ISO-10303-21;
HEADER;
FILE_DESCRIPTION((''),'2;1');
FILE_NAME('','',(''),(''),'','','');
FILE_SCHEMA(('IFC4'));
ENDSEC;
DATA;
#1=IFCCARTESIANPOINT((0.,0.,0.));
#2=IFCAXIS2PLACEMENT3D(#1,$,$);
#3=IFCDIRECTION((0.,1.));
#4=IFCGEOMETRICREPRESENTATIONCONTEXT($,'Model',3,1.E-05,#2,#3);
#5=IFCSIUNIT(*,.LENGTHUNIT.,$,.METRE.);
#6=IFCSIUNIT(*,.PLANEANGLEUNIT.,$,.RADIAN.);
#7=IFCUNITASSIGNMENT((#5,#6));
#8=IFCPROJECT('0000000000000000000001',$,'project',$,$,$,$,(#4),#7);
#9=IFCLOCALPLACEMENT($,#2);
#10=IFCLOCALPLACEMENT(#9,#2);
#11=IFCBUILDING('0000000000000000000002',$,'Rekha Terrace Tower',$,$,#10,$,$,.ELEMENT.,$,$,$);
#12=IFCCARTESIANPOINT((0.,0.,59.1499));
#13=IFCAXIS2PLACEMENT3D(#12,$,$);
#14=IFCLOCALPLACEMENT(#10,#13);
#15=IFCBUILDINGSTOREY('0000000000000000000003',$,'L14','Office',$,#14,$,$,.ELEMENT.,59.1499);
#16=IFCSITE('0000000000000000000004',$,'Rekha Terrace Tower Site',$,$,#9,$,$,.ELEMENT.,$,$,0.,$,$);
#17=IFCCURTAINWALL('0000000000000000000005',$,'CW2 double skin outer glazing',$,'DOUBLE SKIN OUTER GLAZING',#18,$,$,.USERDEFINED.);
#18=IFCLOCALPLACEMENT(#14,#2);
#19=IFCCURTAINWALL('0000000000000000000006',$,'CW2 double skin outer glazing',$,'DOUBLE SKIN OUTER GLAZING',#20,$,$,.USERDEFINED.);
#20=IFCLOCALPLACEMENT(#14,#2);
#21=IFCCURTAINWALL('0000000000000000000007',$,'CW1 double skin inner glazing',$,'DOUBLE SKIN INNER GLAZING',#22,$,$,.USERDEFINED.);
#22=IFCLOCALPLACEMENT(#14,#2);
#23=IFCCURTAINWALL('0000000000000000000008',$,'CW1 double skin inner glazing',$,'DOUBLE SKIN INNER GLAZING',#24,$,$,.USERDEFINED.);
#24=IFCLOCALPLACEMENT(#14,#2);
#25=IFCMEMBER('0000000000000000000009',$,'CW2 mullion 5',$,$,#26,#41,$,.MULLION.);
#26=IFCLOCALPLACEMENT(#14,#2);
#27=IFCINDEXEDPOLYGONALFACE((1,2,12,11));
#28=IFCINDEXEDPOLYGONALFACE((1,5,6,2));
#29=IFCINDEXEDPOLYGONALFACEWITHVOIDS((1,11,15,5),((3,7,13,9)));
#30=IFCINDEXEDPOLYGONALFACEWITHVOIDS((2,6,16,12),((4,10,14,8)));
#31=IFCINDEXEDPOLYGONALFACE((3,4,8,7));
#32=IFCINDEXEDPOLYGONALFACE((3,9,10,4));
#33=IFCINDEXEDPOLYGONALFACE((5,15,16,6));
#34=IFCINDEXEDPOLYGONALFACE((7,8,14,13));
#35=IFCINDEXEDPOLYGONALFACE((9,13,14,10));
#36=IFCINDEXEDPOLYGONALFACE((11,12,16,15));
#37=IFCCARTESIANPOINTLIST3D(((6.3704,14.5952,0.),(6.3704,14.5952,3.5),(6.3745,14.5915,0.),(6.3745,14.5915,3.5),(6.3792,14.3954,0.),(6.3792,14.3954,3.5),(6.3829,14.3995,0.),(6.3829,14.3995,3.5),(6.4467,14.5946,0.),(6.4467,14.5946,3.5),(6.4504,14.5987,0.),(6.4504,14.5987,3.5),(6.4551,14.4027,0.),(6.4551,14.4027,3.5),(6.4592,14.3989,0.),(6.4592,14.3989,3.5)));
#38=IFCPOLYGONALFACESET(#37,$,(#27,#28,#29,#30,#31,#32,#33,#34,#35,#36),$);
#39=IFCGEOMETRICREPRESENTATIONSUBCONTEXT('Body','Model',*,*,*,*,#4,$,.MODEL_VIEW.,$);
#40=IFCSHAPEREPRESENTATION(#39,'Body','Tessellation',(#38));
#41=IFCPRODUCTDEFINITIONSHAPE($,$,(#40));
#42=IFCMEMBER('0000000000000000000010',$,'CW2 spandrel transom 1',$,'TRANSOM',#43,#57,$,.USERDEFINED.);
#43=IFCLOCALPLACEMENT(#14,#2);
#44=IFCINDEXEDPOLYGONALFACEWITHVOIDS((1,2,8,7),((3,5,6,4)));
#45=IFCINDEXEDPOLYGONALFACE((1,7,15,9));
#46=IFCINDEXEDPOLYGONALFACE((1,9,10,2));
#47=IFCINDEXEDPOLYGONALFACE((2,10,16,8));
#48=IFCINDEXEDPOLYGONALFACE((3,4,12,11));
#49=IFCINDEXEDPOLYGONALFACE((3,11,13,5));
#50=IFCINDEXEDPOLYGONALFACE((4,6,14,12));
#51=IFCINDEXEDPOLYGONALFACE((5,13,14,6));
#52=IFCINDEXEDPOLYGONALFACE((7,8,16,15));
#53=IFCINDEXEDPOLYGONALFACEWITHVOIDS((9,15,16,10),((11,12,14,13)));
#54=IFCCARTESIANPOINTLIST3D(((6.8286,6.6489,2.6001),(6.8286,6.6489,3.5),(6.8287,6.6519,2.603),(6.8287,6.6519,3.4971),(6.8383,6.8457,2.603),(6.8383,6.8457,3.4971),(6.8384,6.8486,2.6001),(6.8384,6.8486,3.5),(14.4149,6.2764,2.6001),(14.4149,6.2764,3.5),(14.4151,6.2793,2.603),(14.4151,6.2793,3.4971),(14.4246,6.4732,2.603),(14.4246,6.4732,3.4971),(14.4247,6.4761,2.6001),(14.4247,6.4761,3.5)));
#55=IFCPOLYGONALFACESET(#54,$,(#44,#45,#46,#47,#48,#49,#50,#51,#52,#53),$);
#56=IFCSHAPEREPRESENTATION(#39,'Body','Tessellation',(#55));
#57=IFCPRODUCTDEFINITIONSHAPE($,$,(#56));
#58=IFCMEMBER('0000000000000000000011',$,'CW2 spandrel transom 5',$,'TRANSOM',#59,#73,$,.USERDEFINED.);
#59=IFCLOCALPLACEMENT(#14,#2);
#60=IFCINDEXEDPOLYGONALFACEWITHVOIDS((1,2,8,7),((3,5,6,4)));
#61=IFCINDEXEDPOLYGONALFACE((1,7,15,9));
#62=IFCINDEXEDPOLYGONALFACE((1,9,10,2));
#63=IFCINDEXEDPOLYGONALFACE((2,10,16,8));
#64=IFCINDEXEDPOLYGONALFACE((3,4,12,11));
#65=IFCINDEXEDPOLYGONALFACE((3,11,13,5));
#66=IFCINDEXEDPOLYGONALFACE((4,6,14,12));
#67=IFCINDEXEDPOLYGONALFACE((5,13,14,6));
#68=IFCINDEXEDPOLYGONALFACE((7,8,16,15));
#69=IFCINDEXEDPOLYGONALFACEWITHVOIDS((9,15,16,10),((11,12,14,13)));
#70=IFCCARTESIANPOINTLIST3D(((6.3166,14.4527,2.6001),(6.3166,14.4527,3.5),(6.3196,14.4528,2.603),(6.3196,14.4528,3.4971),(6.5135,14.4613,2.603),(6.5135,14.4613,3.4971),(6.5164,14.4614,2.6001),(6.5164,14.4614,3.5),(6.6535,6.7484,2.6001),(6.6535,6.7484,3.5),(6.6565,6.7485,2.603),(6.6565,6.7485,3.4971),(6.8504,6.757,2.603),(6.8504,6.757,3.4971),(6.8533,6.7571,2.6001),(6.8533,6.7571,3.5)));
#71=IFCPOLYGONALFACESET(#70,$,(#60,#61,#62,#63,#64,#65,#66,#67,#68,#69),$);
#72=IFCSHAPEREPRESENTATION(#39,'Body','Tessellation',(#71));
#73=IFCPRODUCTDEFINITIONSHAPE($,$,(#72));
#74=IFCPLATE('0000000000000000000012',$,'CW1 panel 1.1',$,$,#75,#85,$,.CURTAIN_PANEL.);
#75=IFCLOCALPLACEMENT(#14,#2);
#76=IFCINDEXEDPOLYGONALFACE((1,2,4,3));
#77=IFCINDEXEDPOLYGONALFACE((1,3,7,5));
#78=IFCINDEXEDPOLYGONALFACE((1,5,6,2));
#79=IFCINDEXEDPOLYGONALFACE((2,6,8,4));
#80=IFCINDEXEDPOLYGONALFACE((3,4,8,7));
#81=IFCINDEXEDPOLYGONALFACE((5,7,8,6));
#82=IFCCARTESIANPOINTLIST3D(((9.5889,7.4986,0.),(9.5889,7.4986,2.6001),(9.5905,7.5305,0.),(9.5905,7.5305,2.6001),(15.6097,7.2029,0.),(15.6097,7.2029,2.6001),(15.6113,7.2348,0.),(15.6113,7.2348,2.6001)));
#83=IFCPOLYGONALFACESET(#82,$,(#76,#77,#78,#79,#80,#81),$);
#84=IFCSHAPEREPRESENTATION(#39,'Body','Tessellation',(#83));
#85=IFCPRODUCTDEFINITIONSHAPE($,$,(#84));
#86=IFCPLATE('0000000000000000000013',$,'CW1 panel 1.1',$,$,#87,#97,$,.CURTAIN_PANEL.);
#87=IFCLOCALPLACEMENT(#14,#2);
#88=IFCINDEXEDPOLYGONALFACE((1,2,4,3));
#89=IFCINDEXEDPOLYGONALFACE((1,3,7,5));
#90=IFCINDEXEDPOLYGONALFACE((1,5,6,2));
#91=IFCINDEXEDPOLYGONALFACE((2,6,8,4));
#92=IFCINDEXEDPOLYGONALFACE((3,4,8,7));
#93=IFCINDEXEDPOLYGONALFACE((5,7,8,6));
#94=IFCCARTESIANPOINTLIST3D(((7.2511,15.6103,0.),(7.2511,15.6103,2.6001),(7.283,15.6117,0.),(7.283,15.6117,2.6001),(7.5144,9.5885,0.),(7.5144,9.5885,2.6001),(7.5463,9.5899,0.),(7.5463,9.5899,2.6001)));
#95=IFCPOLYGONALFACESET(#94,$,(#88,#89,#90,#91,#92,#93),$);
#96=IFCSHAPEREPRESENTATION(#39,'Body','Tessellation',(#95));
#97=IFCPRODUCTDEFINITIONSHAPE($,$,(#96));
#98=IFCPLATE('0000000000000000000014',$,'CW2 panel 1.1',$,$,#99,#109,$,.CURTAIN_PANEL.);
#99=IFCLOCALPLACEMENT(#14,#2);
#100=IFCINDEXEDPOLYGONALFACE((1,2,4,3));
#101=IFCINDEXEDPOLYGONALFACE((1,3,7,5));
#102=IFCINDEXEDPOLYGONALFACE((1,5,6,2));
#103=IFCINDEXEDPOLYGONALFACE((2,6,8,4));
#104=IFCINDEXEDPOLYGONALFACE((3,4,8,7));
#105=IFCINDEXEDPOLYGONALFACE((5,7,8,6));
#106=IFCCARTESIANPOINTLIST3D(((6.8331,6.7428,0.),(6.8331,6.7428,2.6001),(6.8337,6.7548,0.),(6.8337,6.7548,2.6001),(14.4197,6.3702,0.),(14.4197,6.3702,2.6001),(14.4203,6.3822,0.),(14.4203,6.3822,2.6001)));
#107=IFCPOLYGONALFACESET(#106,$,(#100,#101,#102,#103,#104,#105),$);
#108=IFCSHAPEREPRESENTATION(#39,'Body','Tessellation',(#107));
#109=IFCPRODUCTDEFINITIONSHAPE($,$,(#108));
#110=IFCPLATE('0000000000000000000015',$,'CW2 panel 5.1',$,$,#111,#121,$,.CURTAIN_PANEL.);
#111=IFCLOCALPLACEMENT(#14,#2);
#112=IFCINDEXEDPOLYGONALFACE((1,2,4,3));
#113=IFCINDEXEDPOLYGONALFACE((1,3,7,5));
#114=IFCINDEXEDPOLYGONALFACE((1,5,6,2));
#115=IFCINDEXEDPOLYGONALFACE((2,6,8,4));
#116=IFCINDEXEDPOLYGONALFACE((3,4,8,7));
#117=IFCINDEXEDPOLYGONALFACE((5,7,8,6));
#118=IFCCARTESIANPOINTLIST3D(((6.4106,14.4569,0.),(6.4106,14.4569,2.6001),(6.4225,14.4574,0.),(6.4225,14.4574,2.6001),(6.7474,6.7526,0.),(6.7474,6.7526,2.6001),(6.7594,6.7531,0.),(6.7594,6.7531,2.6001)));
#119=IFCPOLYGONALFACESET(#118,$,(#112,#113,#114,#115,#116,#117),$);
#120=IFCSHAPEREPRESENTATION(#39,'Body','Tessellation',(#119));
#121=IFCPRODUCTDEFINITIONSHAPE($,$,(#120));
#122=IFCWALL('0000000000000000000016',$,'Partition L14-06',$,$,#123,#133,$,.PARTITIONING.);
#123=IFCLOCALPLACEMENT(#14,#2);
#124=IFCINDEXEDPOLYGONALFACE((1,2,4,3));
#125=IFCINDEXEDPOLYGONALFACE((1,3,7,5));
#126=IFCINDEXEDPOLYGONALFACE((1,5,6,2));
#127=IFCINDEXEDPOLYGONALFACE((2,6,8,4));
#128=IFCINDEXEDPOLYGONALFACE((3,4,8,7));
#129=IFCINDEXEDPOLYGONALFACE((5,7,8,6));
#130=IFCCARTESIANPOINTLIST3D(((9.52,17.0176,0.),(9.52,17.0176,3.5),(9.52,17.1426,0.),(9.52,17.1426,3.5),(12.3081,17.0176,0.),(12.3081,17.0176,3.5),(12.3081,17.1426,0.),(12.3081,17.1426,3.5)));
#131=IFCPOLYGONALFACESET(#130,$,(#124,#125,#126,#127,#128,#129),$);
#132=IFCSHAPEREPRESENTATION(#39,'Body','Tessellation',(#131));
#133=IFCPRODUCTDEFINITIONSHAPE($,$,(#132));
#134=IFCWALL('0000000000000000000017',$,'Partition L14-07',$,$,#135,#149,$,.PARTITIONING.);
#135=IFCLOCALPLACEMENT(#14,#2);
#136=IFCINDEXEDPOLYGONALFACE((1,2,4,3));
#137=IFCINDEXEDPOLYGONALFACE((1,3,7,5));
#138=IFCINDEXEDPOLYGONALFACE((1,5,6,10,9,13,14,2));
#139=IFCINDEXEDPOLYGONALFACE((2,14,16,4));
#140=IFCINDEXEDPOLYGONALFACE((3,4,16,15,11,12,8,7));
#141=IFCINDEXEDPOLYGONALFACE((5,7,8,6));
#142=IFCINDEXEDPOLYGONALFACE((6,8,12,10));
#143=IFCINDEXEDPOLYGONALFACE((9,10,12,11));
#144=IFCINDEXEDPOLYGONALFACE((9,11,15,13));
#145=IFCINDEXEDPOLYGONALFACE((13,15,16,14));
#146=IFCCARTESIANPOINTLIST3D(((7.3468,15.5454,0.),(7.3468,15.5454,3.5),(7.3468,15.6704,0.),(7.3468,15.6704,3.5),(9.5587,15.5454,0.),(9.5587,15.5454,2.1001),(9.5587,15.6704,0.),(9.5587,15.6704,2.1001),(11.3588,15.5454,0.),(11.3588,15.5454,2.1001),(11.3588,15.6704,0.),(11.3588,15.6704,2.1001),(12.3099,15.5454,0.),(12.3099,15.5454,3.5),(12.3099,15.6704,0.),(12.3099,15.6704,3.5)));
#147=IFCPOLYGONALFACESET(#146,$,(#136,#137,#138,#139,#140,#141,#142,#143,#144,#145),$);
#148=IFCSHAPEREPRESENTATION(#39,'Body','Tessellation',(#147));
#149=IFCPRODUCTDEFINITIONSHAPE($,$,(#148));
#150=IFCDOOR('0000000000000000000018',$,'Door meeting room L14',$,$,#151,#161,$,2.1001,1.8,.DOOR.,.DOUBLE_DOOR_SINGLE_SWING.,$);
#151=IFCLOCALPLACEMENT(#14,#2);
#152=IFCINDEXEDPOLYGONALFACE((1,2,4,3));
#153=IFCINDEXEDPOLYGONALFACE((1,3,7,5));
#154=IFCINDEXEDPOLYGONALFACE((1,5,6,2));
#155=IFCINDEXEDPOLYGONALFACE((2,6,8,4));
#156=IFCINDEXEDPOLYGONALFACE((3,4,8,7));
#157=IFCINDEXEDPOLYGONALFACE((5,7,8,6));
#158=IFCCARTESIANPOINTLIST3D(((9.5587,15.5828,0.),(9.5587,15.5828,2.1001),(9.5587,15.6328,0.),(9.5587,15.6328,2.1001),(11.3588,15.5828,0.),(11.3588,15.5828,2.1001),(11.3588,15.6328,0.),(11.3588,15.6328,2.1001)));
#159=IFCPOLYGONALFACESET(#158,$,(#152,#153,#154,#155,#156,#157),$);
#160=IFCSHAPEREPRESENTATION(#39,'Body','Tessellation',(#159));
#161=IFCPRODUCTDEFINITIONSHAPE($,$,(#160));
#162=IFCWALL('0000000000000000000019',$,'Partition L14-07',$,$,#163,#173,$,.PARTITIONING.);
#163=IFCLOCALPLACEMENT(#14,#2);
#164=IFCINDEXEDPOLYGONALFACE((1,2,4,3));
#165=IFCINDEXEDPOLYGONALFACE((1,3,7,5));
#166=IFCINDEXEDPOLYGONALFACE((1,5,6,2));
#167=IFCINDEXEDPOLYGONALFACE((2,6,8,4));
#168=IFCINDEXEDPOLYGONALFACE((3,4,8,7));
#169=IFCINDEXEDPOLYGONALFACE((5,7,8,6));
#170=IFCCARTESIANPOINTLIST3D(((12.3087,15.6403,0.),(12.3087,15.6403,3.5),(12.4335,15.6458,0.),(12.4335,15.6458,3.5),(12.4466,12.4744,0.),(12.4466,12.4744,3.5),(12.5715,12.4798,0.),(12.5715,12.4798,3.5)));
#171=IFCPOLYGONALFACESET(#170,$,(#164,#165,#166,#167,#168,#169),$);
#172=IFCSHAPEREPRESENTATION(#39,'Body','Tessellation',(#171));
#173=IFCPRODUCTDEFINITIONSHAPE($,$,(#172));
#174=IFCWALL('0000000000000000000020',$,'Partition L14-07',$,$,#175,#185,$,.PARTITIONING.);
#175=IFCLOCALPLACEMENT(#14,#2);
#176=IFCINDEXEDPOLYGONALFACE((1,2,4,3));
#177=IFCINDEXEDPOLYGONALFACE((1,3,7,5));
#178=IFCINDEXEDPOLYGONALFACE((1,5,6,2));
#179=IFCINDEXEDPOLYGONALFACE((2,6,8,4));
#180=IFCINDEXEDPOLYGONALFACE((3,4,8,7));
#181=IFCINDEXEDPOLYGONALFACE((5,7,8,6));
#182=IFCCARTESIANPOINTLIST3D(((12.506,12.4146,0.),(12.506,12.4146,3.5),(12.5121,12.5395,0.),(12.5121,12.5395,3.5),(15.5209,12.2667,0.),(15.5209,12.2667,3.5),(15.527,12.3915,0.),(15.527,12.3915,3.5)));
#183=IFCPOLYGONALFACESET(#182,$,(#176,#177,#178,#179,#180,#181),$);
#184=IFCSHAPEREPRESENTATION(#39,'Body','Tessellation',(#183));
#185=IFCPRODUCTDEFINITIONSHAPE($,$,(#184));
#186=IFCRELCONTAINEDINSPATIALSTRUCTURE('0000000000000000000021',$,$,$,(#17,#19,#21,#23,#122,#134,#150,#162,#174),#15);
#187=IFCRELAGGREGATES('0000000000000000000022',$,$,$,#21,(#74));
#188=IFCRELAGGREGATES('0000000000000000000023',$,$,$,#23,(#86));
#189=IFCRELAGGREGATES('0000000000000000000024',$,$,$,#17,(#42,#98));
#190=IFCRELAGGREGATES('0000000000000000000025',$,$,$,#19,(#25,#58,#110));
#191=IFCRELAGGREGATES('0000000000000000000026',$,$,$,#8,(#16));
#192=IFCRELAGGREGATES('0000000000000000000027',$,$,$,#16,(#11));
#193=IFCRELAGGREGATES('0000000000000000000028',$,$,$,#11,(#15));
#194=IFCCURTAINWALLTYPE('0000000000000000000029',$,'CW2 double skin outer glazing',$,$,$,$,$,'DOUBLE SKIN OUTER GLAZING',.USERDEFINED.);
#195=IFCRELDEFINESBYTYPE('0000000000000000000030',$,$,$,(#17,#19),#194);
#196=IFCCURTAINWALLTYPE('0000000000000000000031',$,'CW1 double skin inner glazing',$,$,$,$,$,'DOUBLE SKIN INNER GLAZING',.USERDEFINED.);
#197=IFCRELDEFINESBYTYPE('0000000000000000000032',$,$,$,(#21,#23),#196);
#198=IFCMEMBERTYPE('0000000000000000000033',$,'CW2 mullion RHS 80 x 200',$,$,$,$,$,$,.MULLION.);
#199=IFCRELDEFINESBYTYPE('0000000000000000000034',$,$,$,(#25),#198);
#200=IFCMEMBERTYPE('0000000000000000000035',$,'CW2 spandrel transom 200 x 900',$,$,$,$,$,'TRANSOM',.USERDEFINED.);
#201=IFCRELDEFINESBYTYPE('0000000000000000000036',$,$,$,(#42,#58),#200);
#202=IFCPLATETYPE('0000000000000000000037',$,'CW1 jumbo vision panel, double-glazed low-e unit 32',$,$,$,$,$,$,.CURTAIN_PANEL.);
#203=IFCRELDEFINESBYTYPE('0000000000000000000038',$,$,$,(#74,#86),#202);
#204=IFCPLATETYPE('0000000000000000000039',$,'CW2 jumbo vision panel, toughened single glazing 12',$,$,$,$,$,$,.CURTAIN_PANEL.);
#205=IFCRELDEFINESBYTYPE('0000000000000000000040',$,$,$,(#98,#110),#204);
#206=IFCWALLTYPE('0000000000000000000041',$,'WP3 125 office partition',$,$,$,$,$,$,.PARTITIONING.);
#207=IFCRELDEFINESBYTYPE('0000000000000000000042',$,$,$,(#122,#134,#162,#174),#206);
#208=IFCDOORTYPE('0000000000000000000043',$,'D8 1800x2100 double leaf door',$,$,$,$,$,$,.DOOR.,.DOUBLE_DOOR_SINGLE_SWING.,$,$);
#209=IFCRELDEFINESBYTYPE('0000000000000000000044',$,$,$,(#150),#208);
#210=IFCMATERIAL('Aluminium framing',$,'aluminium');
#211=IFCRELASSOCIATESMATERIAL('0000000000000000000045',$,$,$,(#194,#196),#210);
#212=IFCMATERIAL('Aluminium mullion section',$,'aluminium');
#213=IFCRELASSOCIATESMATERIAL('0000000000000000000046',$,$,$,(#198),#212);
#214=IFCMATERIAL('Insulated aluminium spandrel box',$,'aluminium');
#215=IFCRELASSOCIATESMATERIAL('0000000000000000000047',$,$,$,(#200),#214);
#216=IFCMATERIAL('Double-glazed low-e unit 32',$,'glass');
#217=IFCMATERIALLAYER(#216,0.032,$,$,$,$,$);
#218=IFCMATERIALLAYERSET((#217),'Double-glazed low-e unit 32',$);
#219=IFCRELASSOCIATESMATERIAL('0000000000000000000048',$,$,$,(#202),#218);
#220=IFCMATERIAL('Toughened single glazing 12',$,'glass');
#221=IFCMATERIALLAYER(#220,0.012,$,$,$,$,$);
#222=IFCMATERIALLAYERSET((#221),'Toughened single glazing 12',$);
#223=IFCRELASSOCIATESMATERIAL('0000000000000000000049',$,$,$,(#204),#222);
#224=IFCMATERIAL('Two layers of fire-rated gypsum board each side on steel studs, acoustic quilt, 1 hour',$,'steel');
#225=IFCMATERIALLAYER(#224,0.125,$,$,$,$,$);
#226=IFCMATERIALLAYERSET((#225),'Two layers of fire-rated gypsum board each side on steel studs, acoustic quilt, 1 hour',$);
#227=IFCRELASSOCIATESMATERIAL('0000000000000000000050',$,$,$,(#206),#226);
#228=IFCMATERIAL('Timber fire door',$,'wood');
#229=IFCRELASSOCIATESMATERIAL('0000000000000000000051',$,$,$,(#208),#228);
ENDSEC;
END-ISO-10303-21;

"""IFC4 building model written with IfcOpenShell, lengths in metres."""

from ifc_helpers import new_model, si_unit, direction, frame, frame_2d, origin, origin_2d, place, context, subcontext, project, spatial, rectangle, hollow_rectangle, extrude, material, layer, layer_set, material_profile, profile_set, type_object, element, fill, aggregate, save


model = new_model("IFC4")

# Units and contexts
model_context = context("Model", 3, precision=1e-05, world=origin(), true_north=direction((0.0, 1.0)))
body_context = subcontext(model_context, "Body", "Model", "MODEL_VIEW")
ifc_project = project(units=[si_unit("LENGTHUNIT", "METRE"), si_unit("PLANEANGLEUNIT", "RADIAN")], contexts=[model_context])

# Site, building, storey
site_placement = place(None, origin())
site = spatial("IfcSite", under=ifc_project, at=site_placement, Name="Rekha Terrace Tower Site", CompositionType="ELEMENT", RefElevation=0.0)
building_placement = place(site_placement, origin())
building = spatial("IfcBuilding", under=site, at=building_placement, Name="Rekha Terrace Tower", CompositionType="ELEMENT")
storey_placement = place(building_placement, frame((0.0, 0.0, 59.1499)))
storey = spatial("IfcBuildingStorey", under=building, at=storey_placement, Name="L14", Description="Office", CompositionType="ELEMENT", Elevation=59.1499)

# Curtain walls
ifc_material_1 = material(Name="Aluminium framing", Category="aluminium")
curtain_wall_type_1 = type_object("IfcCurtainWallType", Name="CW2 double skin outer glazing", ElementType="DOUBLE SKIN OUTER GLAZING", PredefinedType="USERDEFINED", material=ifc_material_1)
curtain_wall_1_placement = place(storey_placement, origin())
curtain_wall_1 = element("IfcCurtainWall", 1, at=curtain_wall_1_placement, inside=storey, type_object=curtain_wall_type_1, Name="CW2 double skin outer glazing", ObjectType="DOUBLE SKIN OUTER GLAZING", PredefinedType="USERDEFINED")
curtain_wall_2_placement = place(storey_placement, origin())
curtain_wall_2 = element("IfcCurtainWall", 2, at=curtain_wall_2_placement, inside=storey, type_object=curtain_wall_type_1, Name="CW2 double skin outer glazing", ObjectType="DOUBLE SKIN OUTER GLAZING", PredefinedType="USERDEFINED")
curtain_wall_type_2 = type_object("IfcCurtainWallType", Name="CW1 double skin inner glazing", ElementType="DOUBLE SKIN INNER GLAZING", PredefinedType="USERDEFINED", material=ifc_material_1)
curtain_wall_3_placement = place(storey_placement, origin())
curtain_wall_3 = element("IfcCurtainWall", 3, at=curtain_wall_3_placement, inside=storey, type_object=curtain_wall_type_2, Name="CW1 double skin inner glazing", ObjectType="DOUBLE SKIN INNER GLAZING", PredefinedType="USERDEFINED")
ifc_material_2 = material(Name="Aluminium mullion section", Category="aluminium")

# Curtain wall
curtain_wall_4_placement = place(storey_placement, origin())
curtain_wall_4 = element("IfcCurtainWall", 4, at=curtain_wall_4_placement, inside=storey, type_object=curtain_wall_type_2, Name="CW1 double skin inner glazing", ObjectType="DOUBLE SKIN INNER GLAZING", PredefinedType="USERDEFINED")

# Members
ifc_material_3 = material(Name="Insulated aluminium spandrel box", Category="aluminium")
ifc_material_profile_1 = material_profile(ifc_material_2, hollow_rectangle(XDim=0.0801, YDim=0.2, WallThickness=0.0039, at=origin_2d()), Name="AL RHS 80x200")
ifc_profile_set_1 = profile_set([ifc_material_profile_1], Name="Aluminium mullion section")
member_type_1 = type_object("IfcMemberType", Name="CW2 mullion RHS 80 x 200", PredefinedType="MULLION", material=ifc_profile_set_1)
member_1_placement = place(storey_placement, frame((6.4148, 14.4971, 0.0), z_axis=(0.0, 0.0, 1.0), x_axis=(0.999045, 0.043683, 0.0)))
member_1 = element("IfcMember", 5, at=member_1_placement, type_object=member_type_1, Name="CW2 mullion 5", PredefinedType="MULLION", context=body_context, shape_type="SweptSolid", body=[
    extrude(hollow_rectangle(XDim=0.0801, YDim=0.2, WallThickness=0.0039, at=origin_2d()), origin(), (0.0, 0.0, 1.0), 3.5),
])
ifc_material_profile_2 = material_profile(ifc_material_3, hollow_rectangle(XDim=0.2, YDim=0.8999, WallThickness=0.0029, at=origin_2d()), Name="AL SPANDREL BOX 200x900")
ifc_profile_set_2 = profile_set([ifc_material_profile_2], Name="Insulated aluminium spandrel box")
member_type_2 = type_object("IfcMemberType", Name="CW2 spandrel transom 200 x 900", ElementType="TRANSOM", PredefinedType="USERDEFINED", material=ifc_profile_set_2)
member_2_placement = place(storey_placement, frame((6.8335, 6.7488, 3.05), z_axis=(0.998796, -0.049049, 0.0), x_axis=(0.049049, 0.998796, 0.0)))
member_2 = element("IfcMember", 6, at=member_2_placement, type_object=member_type_2, Name="CW2 spandrel transom 1", ObjectType="TRANSOM", PredefinedType="USERDEFINED", context=body_context, shape_type="SweptSolid", body=[
    extrude(hollow_rectangle(XDim=0.2, YDim=0.8999, WallThickness=0.0029, at=origin_2d()), origin(), (0.0, 0.0, 1.0), 7.5955),
])
member_3_placement = place(storey_placement, frame((6.4165, 14.457, 3.05), z_axis=(0.043689, -0.999045, 0.0), x_axis=(0.999045, 0.043689, 0.0)))
member_3 = element("IfcMember", 7, at=member_3_placement, type_object=member_type_2, Name="CW2 spandrel transom 5", ObjectType="TRANSOM", PredefinedType="USERDEFINED", context=body_context, shape_type="SweptSolid", body=[
    extrude(hollow_rectangle(XDim=0.2, YDim=0.8999, WallThickness=0.0029, at=origin_2d()), origin(), (0.0, 0.0, 1.0), 7.7117),
])

# Plates
ifc_material_4 = material(Name="Double-glazed low-e unit 32", Category="glass")
ifc_layer_1 = layer(ifc_material_4, 0.032)
ifc_layer_set_1 = layer_set([ifc_layer_1], Name="Double-glazed low-e unit 32")
plate_type_1 = type_object("IfcPlateType", Name="CW1 jumbo vision panel, double-glazed low-e unit 32", PredefinedType="CURTAIN_PANEL", material=ifc_layer_set_1)
plate_1_placement = place(storey_placement, frame((12.6001, 7.3667, 0.0), z_axis=(0.0, 0.0, 1.0), x_axis=(0.998796, -0.049052, 0.0)))
plate_1 = element("IfcPlate", 8, at=plate_1_placement, type_object=plate_type_1, Name="CW1 panel 1.1", PredefinedType="CURTAIN_PANEL", context=body_context, shape_type="SweptSolid", body=[
    extrude(rectangle(XDim=6.0281, YDim=0.032, at=origin_2d()), origin(), (0.0, 0.0, 1.0), 2.6001),
])
aggregate(curtain_wall_3, [plate_1])
plate_2_placement = place(storey_placement, frame((7.3987, 12.6001, 0.0), z_axis=(0.0, 0.0, 1.0), x_axis=(0.043683, -0.999045, 0.0)))
plate_2 = element("IfcPlate", 9, at=plate_2_placement, type_object=plate_type_1, Name="CW1 panel 1.1", PredefinedType="CURTAIN_PANEL", context=body_context, shape_type="SweptSolid", body=[
    extrude(rectangle(XDim=6.0276, YDim=0.032, at=origin_2d()), origin(), (0.0, 0.0, 1.0), 2.6001),
])
aggregate(curtain_wall_4, [plate_2])
ifc_material_5 = material(Name="Toughened single glazing 12", Category="glass")
ifc_layer_2 = layer(ifc_material_5, 0.012)
ifc_layer_set_2 = layer_set([ifc_layer_2], Name="Toughened single glazing 12")
plate_type_2 = type_object("IfcPlateType", Name="CW2 jumbo vision panel, toughened single glazing 12", PredefinedType="CURTAIN_PANEL", material=ifc_layer_set_2)
plate_3_placement = place(storey_placement, frame((10.6267, 6.5625, 0.0), z_axis=(0.0, 0.0, 1.0), x_axis=(0.998796, -0.049052, 0.0)))
plate_3 = element("IfcPlate", 10, at=plate_3_placement, type_object=plate_type_2, Name="CW2 panel 1.1", PredefinedType="CURTAIN_PANEL", context=body_context, shape_type="SweptSolid", body=[
    extrude(rectangle(XDim=7.5957, YDim=0.012, at=origin_2d()), origin(), (0.0, 0.0, 1.0), 2.6001),
])
aggregate(curtain_wall_1, [member_2, plate_3])
plate_4_placement = place(storey_placement, frame((6.585, 10.605, 0.0), z_axis=(0.0, 0.0, 1.0), x_axis=(0.043683, -0.999045, 0.0)))
plate_4 = element("IfcPlate", 11, at=plate_4_placement, type_object=plate_type_2, Name="CW2 panel 5.1", PredefinedType="CURTAIN_PANEL", context=body_context, shape_type="SweptSolid", body=[
    extrude(rectangle(XDim=7.7117, YDim=0.012, at=origin_2d()), origin(), (0.0, 0.0, 1.0), 2.6001),
])
aggregate(curtain_wall_2, [member_1, member_3, plate_4])

# Wall
ifc_material_6 = material(Name="Two layers of fire-rated gypsum board each side on steel studs, acoustic quilt, 1 hour", Category="steel")
ifc_layer_3 = layer(ifc_material_6, 0.125)
ifc_layer_set_3 = layer_set([ifc_layer_3], Name="Two layers of fire-rated gypsum board each side on steel studs, acoustic quilt, 1 hour")
wall_type = type_object("IfcWallType", Name="WP3 125 office partition", PredefinedType="PARTITIONING", material=ifc_layer_set_3)
wall_1_placement = place(storey_placement, frame((12.3081, 17.0801, 0.0), z_axis=(0.0, 0.0, 1.0), x_axis=(-1.0, 0.0, 0.0)))
element("IfcWall", 12, at=wall_1_placement, inside=storey, type_object=wall_type, Name="Partition L14-06", PredefinedType="PARTITIONING", context=body_context, shape_type="SweptSolid", body=[
    extrude(rectangle(XDim=2.7881, YDim=0.125, at=frame_2d((1.394, 0.0))), origin(), (0.0, 0.0, 1.0), 3.5),
])

# Wall, opening, door
wall_2_placement = place(storey_placement, frame((7.3469, 15.6079, 0.0), z_axis=(0.0, 0.0, 1.0), x_axis=(1.0, 0.0, 0.0)))
wall_2 = element("IfcWall", 13, at=wall_2_placement, inside=storey, type_object=wall_type, Name="Partition L14-07", PredefinedType="PARTITIONING", context=body_context, shape_type="SweptSolid", body=[
    extrude(rectangle(XDim=4.9631, YDim=0.125, at=frame_2d((2.4814, 0.0))), origin(), (0.0, 0.0, 1.0), 3.5),
])
opening_placement = place(wall_2_placement, frame((2.2119, 0.0, 0.0)))
opening = element("IfcOpeningElement", 14, at=opening_placement, cuts=wall_2, PredefinedType="OPENING", context=body_context, shape_type="SweptSolid", body=[
    extrude(rectangle(XDim=1.8, YDim=2.1001, at=frame_2d((0.8999, 1.05))), frame((0.0, 0.0725, 0.0), z_axis=(0.0, -1.0, 0.0), x_axis=(1.0, 0.0, 0.0)), (0.0, 0.0, 1.0), 0.145),
])
ifc_material_7 = material(Name="Timber fire door", Category="wood")
door_type = type_object("IfcDoorType", Name="D8 1800x2100 double leaf door", OperationType="DOUBLE_DOOR_SINGLE_SWING", PredefinedType="DOOR", material=ifc_material_7)
door_placement = place(opening_placement, origin())
door = element("IfcDoor", 15, at=door_placement, inside=storey, type_object=door_type, Name="Door meeting room L14", OperationType="DOUBLE_DOOR_SINGLE_SWING", OverallHeight=2.1001, OverallWidth=1.8, PredefinedType="DOOR", context=body_context, shape_type="SweptSolid", body=[
    extrude(rectangle(XDim=1.8, YDim=2.1001, at=frame_2d((0.8999, 1.05))), frame((0.0, 0.0249, 0.0), z_axis=(0.0, -1.0, 0.0), x_axis=(1.0, 0.0, 0.0)), (0.0, 0.0, 1.0), 0.05),
])
fill(opening, door)

# Walls
wall_3_placement = place(storey_placement, frame((12.3711, 15.6431, 0.0), z_axis=(0.0, 0.0, 1.0), x_axis=(0.043527, -0.999052, 0.0)))
element("IfcWall", 16, at=wall_3_placement, inside=storey, type_object=wall_type, Name="Partition L14-07", PredefinedType="PARTITIONING", context=body_context, shape_type="SweptSolid", body=[
    extrude(rectangle(XDim=3.1689, YDim=0.125, at=frame_2d((1.5845, 0.0))), origin(), (0.0, 0.0, 1.0), 3.5),
])
wall_4_placement = place(storey_placement, frame((12.509, 12.4771, 0.0), z_axis=(0.0, 0.0, 1.0), x_axis=(0.998798, -0.049014, 0.0)))
element("IfcWall", 17, at=wall_4_placement, inside=storey, type_object=wall_type, Name="Partition L14-07", PredefinedType="PARTITIONING", context=body_context, shape_type="SweptSolid", body=[
    extrude(rectangle(XDim=3.0186, YDim=0.125, at=frame_2d((1.5093, 0.0))), origin(), (0.0, 0.0, 1.0), 3.5),
])

save(model, "model.ifc")
